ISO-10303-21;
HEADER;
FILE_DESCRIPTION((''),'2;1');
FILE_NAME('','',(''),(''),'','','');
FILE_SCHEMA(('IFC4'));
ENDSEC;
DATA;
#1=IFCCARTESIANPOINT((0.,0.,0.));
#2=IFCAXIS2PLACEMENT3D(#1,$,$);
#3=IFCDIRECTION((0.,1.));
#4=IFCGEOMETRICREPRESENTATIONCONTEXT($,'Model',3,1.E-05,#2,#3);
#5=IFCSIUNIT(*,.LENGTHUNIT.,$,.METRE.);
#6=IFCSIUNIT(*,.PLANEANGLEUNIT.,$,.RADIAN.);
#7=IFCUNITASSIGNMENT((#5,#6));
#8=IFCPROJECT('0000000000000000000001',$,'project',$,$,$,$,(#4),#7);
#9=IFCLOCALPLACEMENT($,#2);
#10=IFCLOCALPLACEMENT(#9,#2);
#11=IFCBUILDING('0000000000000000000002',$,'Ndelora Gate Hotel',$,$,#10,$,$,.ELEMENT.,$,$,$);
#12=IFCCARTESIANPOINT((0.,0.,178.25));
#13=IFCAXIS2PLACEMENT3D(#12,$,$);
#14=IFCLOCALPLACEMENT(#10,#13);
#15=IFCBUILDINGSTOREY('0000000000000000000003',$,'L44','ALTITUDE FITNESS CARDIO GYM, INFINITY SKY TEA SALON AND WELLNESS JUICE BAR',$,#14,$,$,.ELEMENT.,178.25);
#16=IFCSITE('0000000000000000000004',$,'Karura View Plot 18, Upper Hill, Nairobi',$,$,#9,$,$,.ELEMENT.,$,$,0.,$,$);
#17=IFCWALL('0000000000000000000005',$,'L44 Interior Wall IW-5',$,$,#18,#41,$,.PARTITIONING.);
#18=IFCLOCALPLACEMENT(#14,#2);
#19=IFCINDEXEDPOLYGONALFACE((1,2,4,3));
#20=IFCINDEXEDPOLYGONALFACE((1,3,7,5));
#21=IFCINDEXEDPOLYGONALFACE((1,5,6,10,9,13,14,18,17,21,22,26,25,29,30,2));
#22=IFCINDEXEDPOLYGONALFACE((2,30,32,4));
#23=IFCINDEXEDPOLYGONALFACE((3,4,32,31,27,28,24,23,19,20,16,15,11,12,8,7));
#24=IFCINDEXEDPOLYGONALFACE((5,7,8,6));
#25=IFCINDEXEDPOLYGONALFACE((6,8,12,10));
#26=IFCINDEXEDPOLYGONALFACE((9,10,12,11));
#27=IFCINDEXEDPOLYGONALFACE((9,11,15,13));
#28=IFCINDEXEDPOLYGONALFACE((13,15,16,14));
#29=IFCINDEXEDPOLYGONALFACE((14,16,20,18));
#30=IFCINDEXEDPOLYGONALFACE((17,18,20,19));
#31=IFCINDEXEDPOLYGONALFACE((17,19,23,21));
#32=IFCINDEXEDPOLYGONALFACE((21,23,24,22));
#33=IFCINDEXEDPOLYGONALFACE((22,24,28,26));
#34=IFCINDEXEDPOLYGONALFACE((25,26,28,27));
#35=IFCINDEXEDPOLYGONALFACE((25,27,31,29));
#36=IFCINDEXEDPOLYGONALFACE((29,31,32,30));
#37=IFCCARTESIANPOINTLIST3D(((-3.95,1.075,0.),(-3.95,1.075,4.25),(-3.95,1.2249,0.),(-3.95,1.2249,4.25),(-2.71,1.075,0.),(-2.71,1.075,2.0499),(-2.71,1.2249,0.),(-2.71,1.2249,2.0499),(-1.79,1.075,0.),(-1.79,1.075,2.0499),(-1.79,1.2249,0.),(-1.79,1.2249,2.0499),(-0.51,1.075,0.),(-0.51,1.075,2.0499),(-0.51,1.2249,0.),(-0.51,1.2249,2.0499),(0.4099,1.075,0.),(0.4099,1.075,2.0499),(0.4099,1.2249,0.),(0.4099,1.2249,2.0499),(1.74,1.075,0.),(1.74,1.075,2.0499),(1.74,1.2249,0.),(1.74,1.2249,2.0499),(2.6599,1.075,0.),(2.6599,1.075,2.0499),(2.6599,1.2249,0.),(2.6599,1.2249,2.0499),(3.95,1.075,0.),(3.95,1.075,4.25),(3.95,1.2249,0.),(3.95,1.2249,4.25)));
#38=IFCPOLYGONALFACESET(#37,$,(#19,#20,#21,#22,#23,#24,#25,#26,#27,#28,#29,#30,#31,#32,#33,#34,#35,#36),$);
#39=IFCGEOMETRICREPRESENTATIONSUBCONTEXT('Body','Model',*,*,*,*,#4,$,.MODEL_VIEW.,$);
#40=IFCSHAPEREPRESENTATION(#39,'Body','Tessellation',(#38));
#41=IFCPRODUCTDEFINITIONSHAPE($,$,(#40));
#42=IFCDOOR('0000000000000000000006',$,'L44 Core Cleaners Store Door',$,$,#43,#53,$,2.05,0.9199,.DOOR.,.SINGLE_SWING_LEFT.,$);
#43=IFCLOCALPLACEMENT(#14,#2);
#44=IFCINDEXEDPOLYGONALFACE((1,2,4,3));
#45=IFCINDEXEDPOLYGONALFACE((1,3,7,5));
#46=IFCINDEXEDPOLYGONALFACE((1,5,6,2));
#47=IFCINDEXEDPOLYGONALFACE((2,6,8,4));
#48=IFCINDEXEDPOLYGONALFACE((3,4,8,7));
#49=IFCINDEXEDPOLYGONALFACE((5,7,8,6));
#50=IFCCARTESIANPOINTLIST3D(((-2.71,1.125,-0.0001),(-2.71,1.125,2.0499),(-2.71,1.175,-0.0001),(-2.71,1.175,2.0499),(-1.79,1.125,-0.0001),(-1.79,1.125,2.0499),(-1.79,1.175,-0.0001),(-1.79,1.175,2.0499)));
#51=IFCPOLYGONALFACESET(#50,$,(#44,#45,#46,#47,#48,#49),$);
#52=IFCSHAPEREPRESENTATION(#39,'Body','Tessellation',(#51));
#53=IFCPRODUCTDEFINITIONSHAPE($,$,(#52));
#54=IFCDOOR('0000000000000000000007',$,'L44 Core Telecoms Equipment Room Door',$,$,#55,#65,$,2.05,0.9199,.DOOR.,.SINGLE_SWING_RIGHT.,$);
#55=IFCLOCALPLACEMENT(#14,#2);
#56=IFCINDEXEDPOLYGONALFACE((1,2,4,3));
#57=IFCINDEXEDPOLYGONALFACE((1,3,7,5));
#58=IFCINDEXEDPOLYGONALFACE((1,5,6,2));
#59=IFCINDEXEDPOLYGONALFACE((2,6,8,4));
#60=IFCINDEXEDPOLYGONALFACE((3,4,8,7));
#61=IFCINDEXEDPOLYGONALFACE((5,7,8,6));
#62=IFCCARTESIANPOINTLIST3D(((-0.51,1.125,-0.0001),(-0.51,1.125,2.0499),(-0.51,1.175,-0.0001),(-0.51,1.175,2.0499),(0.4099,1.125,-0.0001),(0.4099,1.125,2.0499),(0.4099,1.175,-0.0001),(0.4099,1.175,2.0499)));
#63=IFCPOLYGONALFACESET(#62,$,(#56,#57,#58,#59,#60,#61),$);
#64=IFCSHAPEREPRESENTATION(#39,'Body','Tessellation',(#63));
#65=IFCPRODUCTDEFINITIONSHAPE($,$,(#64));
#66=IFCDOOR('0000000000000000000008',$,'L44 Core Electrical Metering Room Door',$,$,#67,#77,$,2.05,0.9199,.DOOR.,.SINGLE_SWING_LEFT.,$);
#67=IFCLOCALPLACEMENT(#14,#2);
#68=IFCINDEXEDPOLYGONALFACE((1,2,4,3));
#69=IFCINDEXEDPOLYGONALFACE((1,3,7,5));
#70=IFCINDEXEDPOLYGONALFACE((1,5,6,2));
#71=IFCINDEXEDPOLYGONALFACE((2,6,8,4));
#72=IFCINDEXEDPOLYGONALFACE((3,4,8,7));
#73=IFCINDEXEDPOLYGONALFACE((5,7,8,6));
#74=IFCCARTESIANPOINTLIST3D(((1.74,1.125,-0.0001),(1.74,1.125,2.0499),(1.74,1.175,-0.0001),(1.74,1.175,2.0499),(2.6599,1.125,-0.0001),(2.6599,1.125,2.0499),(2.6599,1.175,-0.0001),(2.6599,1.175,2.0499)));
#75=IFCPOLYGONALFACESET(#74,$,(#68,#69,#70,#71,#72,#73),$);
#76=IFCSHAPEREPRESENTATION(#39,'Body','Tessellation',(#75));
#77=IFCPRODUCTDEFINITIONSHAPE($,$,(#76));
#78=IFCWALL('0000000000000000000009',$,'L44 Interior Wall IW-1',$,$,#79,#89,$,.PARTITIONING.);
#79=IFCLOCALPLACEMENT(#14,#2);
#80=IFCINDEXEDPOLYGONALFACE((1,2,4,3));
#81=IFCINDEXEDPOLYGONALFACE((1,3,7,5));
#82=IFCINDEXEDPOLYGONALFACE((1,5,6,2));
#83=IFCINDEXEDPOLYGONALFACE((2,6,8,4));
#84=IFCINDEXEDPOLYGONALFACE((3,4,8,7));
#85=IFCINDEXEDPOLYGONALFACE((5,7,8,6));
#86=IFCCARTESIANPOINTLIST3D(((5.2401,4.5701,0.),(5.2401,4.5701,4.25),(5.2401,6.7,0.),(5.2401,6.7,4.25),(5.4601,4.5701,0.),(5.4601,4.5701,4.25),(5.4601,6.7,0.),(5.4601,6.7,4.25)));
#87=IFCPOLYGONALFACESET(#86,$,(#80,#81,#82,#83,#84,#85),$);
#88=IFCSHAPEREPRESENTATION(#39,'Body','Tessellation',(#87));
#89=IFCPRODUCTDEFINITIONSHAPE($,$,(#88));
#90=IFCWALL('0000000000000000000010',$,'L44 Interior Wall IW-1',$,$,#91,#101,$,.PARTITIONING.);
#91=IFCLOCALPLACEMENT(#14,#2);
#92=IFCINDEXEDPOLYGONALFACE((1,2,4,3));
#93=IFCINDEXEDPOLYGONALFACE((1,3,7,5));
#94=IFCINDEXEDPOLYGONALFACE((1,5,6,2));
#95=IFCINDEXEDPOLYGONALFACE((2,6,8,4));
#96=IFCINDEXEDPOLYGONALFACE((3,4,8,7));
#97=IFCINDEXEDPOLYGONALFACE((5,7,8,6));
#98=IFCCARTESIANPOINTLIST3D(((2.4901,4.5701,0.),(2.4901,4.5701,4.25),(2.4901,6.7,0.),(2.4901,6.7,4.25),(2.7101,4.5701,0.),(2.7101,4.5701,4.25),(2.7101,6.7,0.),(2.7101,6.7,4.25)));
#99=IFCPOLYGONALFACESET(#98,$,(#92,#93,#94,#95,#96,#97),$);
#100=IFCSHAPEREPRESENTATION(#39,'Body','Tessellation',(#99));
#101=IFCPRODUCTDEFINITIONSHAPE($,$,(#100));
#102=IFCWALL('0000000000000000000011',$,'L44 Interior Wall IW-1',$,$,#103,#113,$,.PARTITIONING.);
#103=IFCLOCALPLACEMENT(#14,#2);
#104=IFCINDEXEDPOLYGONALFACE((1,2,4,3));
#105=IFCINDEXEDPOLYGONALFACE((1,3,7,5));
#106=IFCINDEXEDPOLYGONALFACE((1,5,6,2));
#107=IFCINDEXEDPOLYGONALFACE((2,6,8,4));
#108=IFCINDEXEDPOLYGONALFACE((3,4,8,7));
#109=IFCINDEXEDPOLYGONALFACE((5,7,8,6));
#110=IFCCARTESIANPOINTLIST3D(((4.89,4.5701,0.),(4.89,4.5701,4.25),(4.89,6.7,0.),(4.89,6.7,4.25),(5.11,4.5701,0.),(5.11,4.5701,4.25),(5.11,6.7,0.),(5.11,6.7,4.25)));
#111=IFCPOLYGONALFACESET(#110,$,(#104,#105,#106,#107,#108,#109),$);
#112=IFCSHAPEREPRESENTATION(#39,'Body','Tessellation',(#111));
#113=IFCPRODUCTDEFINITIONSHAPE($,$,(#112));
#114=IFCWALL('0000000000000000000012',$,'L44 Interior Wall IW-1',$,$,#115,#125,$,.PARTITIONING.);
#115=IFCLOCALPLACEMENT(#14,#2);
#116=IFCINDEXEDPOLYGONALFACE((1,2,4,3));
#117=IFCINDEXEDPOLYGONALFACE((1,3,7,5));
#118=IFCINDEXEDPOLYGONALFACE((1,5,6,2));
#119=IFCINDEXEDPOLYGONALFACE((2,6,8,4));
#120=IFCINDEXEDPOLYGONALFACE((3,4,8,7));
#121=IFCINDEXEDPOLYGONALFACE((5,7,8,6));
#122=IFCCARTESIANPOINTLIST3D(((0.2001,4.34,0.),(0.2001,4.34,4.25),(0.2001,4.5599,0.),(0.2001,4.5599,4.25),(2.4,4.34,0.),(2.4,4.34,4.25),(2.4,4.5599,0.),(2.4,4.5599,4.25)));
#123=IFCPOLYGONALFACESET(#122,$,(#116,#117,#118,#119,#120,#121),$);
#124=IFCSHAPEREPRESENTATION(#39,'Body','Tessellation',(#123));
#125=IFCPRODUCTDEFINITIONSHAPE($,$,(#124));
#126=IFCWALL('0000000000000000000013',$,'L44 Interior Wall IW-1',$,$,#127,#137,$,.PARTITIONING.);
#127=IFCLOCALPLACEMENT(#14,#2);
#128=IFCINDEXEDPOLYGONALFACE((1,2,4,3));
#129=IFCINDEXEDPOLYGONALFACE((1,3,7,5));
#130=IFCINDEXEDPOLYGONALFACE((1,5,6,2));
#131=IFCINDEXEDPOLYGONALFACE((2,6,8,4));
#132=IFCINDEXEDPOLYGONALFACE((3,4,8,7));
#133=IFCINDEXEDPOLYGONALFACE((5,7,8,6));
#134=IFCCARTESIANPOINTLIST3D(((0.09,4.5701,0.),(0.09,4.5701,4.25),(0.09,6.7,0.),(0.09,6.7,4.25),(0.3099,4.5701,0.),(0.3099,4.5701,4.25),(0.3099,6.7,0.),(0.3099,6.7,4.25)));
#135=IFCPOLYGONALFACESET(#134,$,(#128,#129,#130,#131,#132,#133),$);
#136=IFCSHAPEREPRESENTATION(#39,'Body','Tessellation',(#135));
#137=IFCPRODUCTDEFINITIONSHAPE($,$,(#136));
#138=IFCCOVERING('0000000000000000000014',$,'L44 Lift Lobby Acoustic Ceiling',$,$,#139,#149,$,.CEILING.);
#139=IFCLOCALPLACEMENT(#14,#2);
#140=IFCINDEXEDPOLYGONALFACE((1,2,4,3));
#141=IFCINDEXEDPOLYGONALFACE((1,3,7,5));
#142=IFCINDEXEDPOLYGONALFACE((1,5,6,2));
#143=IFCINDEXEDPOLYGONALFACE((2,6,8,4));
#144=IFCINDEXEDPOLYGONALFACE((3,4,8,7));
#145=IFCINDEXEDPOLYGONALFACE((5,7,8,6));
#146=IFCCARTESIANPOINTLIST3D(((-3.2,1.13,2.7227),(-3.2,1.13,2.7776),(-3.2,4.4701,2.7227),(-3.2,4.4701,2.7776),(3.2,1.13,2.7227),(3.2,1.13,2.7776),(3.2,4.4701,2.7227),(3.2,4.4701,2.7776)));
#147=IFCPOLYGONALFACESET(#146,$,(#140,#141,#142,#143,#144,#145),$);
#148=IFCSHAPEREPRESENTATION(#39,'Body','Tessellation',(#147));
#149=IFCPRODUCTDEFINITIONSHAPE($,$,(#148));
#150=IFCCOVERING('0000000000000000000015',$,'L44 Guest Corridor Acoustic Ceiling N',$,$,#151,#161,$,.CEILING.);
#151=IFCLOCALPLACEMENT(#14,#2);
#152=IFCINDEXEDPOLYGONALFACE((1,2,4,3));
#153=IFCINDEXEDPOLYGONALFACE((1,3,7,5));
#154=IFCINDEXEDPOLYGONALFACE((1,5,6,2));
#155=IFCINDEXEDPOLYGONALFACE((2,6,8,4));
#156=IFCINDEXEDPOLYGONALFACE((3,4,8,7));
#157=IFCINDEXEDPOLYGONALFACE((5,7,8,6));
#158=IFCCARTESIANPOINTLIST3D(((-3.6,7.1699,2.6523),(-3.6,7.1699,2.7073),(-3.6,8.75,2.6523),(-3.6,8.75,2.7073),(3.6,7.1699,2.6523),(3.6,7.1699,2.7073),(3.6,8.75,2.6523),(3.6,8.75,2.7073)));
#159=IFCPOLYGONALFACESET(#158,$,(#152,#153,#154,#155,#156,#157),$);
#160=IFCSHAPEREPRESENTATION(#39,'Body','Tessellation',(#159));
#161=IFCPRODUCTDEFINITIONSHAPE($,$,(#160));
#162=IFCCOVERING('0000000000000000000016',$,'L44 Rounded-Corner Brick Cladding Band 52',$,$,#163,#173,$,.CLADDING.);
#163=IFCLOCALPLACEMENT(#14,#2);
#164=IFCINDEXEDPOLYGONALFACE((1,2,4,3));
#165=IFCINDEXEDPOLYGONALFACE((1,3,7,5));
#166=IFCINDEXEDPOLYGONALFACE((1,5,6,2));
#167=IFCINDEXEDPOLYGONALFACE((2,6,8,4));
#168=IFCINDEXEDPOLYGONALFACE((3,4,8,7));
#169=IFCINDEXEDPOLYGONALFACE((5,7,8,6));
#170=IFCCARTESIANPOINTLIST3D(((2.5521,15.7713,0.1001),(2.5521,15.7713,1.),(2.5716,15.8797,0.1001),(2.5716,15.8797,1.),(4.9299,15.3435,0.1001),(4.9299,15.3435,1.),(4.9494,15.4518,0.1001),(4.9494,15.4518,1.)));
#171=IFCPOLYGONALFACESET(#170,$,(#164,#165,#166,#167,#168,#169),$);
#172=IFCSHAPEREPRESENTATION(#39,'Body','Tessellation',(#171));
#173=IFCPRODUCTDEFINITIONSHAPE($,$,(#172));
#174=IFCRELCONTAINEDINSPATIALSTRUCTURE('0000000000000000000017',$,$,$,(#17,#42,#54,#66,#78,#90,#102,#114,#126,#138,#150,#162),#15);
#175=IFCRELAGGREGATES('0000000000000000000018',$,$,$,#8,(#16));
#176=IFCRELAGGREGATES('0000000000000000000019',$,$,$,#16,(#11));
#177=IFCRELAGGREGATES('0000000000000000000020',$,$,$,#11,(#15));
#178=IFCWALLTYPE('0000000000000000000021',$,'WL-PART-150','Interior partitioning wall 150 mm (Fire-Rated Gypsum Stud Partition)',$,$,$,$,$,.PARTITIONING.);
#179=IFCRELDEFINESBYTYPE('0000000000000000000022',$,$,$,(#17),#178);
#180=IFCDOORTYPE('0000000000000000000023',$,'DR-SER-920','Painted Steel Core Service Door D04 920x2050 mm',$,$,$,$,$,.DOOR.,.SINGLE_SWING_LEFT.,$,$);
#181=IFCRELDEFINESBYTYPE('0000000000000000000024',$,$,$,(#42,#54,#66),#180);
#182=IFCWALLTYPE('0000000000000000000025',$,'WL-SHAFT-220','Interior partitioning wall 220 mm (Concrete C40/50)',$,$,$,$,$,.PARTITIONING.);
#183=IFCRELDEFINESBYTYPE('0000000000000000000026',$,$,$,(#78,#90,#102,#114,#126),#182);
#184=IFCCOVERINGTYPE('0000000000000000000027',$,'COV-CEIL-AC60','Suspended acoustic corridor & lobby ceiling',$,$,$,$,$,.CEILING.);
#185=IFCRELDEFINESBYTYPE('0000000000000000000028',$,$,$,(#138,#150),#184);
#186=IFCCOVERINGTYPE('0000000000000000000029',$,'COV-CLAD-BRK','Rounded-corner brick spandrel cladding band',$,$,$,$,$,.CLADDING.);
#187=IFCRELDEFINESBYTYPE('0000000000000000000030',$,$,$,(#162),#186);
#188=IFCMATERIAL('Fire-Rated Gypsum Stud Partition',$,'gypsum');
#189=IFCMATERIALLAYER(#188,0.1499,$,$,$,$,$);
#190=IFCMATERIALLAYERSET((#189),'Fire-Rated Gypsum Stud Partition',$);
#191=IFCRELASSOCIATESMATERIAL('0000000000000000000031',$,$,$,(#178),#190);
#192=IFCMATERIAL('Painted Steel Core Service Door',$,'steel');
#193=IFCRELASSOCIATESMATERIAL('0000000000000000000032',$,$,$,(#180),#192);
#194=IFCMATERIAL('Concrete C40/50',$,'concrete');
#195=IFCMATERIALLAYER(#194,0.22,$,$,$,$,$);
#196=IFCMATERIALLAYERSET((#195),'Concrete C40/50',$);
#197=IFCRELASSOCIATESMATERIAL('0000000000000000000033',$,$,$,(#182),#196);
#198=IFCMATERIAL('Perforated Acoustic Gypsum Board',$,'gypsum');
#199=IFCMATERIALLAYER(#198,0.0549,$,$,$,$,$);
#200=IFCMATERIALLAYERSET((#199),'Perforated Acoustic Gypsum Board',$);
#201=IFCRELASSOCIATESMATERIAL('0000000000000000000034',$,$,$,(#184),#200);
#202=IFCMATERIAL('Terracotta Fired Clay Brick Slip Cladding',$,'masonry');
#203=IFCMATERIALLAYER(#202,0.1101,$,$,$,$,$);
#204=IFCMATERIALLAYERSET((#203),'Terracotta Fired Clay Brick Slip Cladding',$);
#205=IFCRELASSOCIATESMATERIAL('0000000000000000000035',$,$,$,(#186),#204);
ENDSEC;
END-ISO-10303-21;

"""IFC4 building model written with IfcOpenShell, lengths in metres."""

from ifc_helpers import new_model, si_unit, direction, frame, frame_2d, origin, origin_2d, place, context, subcontext, project, spatial, rectangle, extrude, material, layer, layer_set, type_object, element, fill, save


model = new_model("IFC4")

# Units and contexts
model_context = context("Model", 3, precision=1e-05, world=origin(), true_north=direction((0.0, 1.0)))
body_context = subcontext(model_context, "Body", "Model", "MODEL_VIEW")
ifc_project = project(units=[si_unit("LENGTHUNIT", "METRE"), si_unit("PLANEANGLEUNIT", "RADIAN")], contexts=[model_context])

# Site, building, storey
site_placement = place(None, origin())
site = spatial("IfcSite", under=ifc_project, at=site_placement, Name="Karura View Plot 18, Upper Hill, Nairobi", CompositionType="ELEMENT", RefElevation=0.0)
building_placement = place(site_placement, origin())
building = spatial("IfcBuilding", under=site, at=building_placement, Name="Ndelora Gate Hotel", CompositionType="ELEMENT")
storey_placement = place(building_placement, frame((0.0, 0.0, 178.25)))
storey = spatial("IfcBuildingStorey", under=building, at=storey_placement, Name="L44", Description="ALTITUDE FITNESS CARDIO GYM, INFINITY SKY TEA SALON AND WELLNESS JUICE BAR", CompositionType="ELEMENT", Elevation=178.25)

# Wall, openings, doors
ifc_material_1 = material(Name="Fire-Rated Gypsum Stud Partition", Category="gypsum")
ifc_layer_1 = layer(ifc_material_1, 0.1499)
ifc_layer_set_1 = layer_set([ifc_layer_1], Name="Fire-Rated Gypsum Stud Partition")
wall_type_1 = type_object("IfcWallType", Name="WL-PART-150", Description="Interior partitioning wall 150 mm (Fire-Rated Gypsum Stud Partition)", PredefinedType="PARTITIONING", material=ifc_layer_set_1)
wall_1_placement = place(storey_placement, frame((3.95, 1.1499, 0.0), z_axis=(0.0, 0.0, 1.0), x_axis=(-1.0, 0.0, 0.0)))
wall_1 = element("IfcWall", 1, at=wall_1_placement, inside=storey, type_object=wall_type_1, Name="L44 Interior Wall IW-5", PredefinedType="PARTITIONING", context=body_context, shape_type="SweptSolid", body=[
    extrude(rectangle(XDim=7.8999, YDim=0.1499, at=frame_2d((3.95, 0.0))), origin(), (0.0, 0.0, 1.0), 4.25),
])
opening_1_placement = place(wall_1_placement, frame((5.74, 0.0, 0.0)))
opening_1 = element("IfcOpeningElement", 2, at=opening_1_placement, cuts=wall_1, PredefinedType="OPENING", context=body_context, shape_type="SweptSolid", body=[
    extrude(rectangle(XDim=0.9199, YDim=2.05, at=frame_2d((0.46, 1.0249))), frame((0.0, 0.085, 0.0), z_axis=(0.0, -1.0, 0.0), x_axis=(1.0, 0.0, 0.0)), (0.0, 0.0, 1.0), 0.1699),
])
opening_2_placement = place(wall_1_placement, frame((3.54, 0.0, 0.0)))
opening_2 = element("IfcOpeningElement", 3, at=opening_2_placement, cuts=wall_1, PredefinedType="OPENING", context=body_context, shape_type="SweptSolid", body=[
    extrude(rectangle(XDim=0.9199, YDim=2.05, at=frame_2d((0.46, 1.0249))), frame((0.0, 0.085, 0.0), z_axis=(0.0, -1.0, 0.0), x_axis=(1.0, 0.0, 0.0)), (0.0, 0.0, 1.0), 0.1699),
])
opening_3_placement = place(wall_1_placement, frame((1.29, 0.0, 0.0)))
opening_3 = element("IfcOpeningElement", 4, at=opening_3_placement, cuts=wall_1, PredefinedType="OPENING", context=body_context, shape_type="SweptSolid", body=[
    extrude(rectangle(XDim=0.9199, YDim=2.05, at=frame_2d((0.46, 1.0249))), frame((0.0, 0.085, 0.0), z_axis=(0.0, -1.0, 0.0), x_axis=(1.0, 0.0, 0.0)), (0.0, 0.0, 1.0), 0.1699),
])
ifc_material_2 = material(Name="Painted Steel Core Service Door", Category="steel")
door_type_1 = type_object("IfcDoorType", Name="DR-SER-920", Description="Painted Steel Core Service Door D04 920x2050 mm", OperationType="SINGLE_SWING_LEFT", PredefinedType="DOOR", material=ifc_material_2)
door_1_placement = place(opening_1_placement, origin())
door_1 = element("IfcDoor", 5, at=door_1_placement, inside=storey, type_object=door_type_1, Name="L44 Core Cleaners Store Door", OperationType="SINGLE_SWING_LEFT", OverallHeight=2.05, OverallWidth=0.9199, PredefinedType="DOOR", context=body_context, shape_type="SweptSolid", body=[
    extrude(rectangle(XDim=0.9199, YDim=2.05, at=frame_2d((0.46, 1.0249))), frame((0.0, 0.0249, 0.0), z_axis=(0.0, -1.0, 0.0), x_axis=(1.0, 0.0, 0.0)), (0.0, 0.0, 1.0), 0.05),
])
fill(opening_1, door_1)
door_2_placement = place(opening_2_placement, origin())
door_2 = element("IfcDoor", 6, at=door_2_placement, inside=storey, type_object=door_type_1, Name="L44 Core Telecoms Equipment Room Door", OperationType="SINGLE_SWING_RIGHT", OverallHeight=2.05, OverallWidth=0.9199, PredefinedType="DOOR", context=body_context, shape_type="SweptSolid", body=[
    extrude(rectangle(XDim=0.9199, YDim=2.05, at=frame_2d((0.46, 1.0249))), frame((0.0, 0.0249, 0.0), z_axis=(0.0, -1.0, 0.0), x_axis=(1.0, 0.0, 0.0)), (0.0, 0.0, 1.0), 0.05),
])
fill(opening_2, door_2)
door_3_placement = place(opening_3_placement, origin())
door_3 = element("IfcDoor", 7, at=door_3_placement, inside=storey, type_object=door_type_1, Name="L44 Core Electrical Metering Room Door", OperationType="SINGLE_SWING_LEFT", OverallHeight=2.05, OverallWidth=0.9199, PredefinedType="DOOR", context=body_context, shape_type="SweptSolid", body=[
    extrude(rectangle(XDim=0.9199, YDim=2.05, at=frame_2d((0.46, 1.0249))), frame((0.0, 0.0249, 0.0), z_axis=(0.0, -1.0, 0.0), x_axis=(1.0, 0.0, 0.0)), (0.0, 0.0, 1.0), 0.05),
])
fill(opening_3, door_3)

# Shared definitions
ifc_material_3 = material(Name="Concrete C40/50", Category="concrete")
ifc_layer_2 = layer(ifc_material_3, 0.22)
ifc_layer_set_2 = layer_set([ifc_layer_2], Name="Concrete C40/50")
wall_type_2 = type_object("IfcWallType", Name="WL-SHAFT-220", Description="Interior partitioning wall 220 mm (Concrete C40/50)", PredefinedType="PARTITIONING", material=ifc_layer_set_2)

# Wall
wall_2_placement = place(storey_placement, frame((5.3501, 4.5701, 0.0), z_axis=(0.0, 0.0, 1.0), x_axis=(0.0, 1.0, 0.0)))
element("IfcWall", 8, at=wall_2_placement, inside=storey, type_object=wall_type_2, Name="L44 Interior Wall IW-1", PredefinedType="PARTITIONING", context=body_context, shape_type="SweptSolid", body=[
    extrude(rectangle(XDim=2.1299, YDim=0.22, at=frame_2d((1.0649, 0.0))), origin(), (0.0, 0.0, 1.0), 4.25),
])

# Walls
for number, where, z_axis, x_axis, name in (
    (9, (2.6001, 4.5701, 0.0), (0.0, 0.0, 1.0), (0.0, 1.0, 0.0), "L44 Interior Wall IW-1"),
    (10, (5.0, 4.5701, 0.0), (0.0, 0.0, 1.0), (0.0, 1.0, 0.0), "L44 Interior Wall IW-1"),
):
    element("IfcWall", number, at=place(storey_placement, frame(where, z_axis=z_axis, x_axis=x_axis)), inside=storey, type_object=wall_type_2, Name=name, PredefinedType="PARTITIONING", context=body_context, shape_type="SweptSolid", body=[
        extrude(rectangle(XDim=2.1299, YDim=0.22, at=frame_2d((1.0649, 0.0))), origin(), (0.0, 0.0, 1.0), 4.25),
    ])
wall_3_placement = place(storey_placement, frame((0.2, 4.45, 0.0), z_axis=(0.0, 0.0, 1.0), x_axis=(1.0, 0.0, 0.0)))
element("IfcWall", 11, at=wall_3_placement, inside=storey, type_object=wall_type_2, Name="L44 Interior Wall IW-1", PredefinedType="PARTITIONING", context=body_context, shape_type="SweptSolid", body=[
    extrude(rectangle(XDim=2.2, YDim=0.22, at=frame_2d((1.1001, 0.0))), origin(), (0.0, 0.0, 1.0), 4.25),
])
wall_4_placement = place(storey_placement, frame((0.2, 4.5701, 0.0), z_axis=(0.0, 0.0, 1.0), x_axis=(0.0, 1.0, 0.0)))
element("IfcWall", 12, at=wall_4_placement, inside=storey, type_object=wall_type_2, Name="L44 Interior Wall IW-1", PredefinedType="PARTITIONING", context=body_context, shape_type="SweptSolid", body=[
    extrude(rectangle(XDim=2.1299, YDim=0.22, at=frame_2d((1.0649, 0.0))), origin(), (0.0, 0.0, 1.0), 4.25),
])

# Coverings
ifc_material_4 = material(Name="Perforated Acoustic Gypsum Board", Category="gypsum")
ifc_layer_3 = layer(ifc_material_4, 0.0549)
ifc_layer_set_3 = layer_set([ifc_layer_3], Name="Perforated Acoustic Gypsum Board")
covering_type_1 = type_object("IfcCoveringType", Name="COV-CEIL-AC60", Description="Suspended acoustic corridor & lobby ceiling", PredefinedType="CEILING", material=ifc_layer_set_3)
covering_1_placement = place(storey_placement, frame((0.0, 2.8, 2.7227), z_axis=(0.0, 0.0, 1.0), x_axis=(1.0, 0.0, 0.0)))
element("IfcCovering", 13, at=covering_1_placement, inside=storey, type_object=covering_type_1, Name="L44 Lift Lobby Acoustic Ceiling", PredefinedType="CEILING", context=body_context, shape_type="SweptSolid", body=[
    extrude(rectangle(XDim=6.3999, YDim=3.3401, at=origin_2d()), origin(), (0.0, 0.0, 1.0), 0.0549),
])
covering_2_placement = place(storey_placement, frame((0.0, 7.96, 2.6523), z_axis=(0.0, 0.0, 1.0), x_axis=(1.0, 0.0, 0.0)))
element("IfcCovering", 14, at=covering_2_placement, inside=storey, type_object=covering_type_1, Name="L44 Guest Corridor Acoustic Ceiling N", PredefinedType="CEILING", context=body_context, shape_type="SweptSolid", body=[
    extrude(rectangle(XDim=7.2, YDim=1.5801, at=origin_2d()), origin(), (0.0, 0.0, 1.0), 0.0549),
])
ifc_material_5 = material(Name="Terracotta Fired Clay Brick Slip Cladding", Category="masonry")
ifc_layer_4 = layer(ifc_material_5, 0.1101)
ifc_layer_set_4 = layer_set([ifc_layer_4], Name="Terracotta Fired Clay Brick Slip Cladding")
covering_type_2 = type_object("IfcCoveringType", Name="COV-CLAD-BRK", Description="Rounded-corner brick spandrel cladding band", PredefinedType="CLADDING", material=ifc_layer_set_4)
covering_3_placement = place(storey_placement, frame((3.7507, 15.6116, 0.1001), z_axis=(0.0, 0.0, 1.0), x_axis=(-0.984196, 0.177085, 0.0)))
element("IfcCovering", 15, at=covering_3_placement, inside=storey, type_object=covering_type_2, Name="L44 Rounded-Corner Brick Cladding Band 52", PredefinedType="CLADDING", context=body_context, shape_type="SweptSolid", body=[
    extrude(rectangle(XDim=2.416, YDim=0.1101, at=origin_2d()), origin(), (0.0, 0.0, 1.0), 0.8999),
])

save(model, "model.ifc")
